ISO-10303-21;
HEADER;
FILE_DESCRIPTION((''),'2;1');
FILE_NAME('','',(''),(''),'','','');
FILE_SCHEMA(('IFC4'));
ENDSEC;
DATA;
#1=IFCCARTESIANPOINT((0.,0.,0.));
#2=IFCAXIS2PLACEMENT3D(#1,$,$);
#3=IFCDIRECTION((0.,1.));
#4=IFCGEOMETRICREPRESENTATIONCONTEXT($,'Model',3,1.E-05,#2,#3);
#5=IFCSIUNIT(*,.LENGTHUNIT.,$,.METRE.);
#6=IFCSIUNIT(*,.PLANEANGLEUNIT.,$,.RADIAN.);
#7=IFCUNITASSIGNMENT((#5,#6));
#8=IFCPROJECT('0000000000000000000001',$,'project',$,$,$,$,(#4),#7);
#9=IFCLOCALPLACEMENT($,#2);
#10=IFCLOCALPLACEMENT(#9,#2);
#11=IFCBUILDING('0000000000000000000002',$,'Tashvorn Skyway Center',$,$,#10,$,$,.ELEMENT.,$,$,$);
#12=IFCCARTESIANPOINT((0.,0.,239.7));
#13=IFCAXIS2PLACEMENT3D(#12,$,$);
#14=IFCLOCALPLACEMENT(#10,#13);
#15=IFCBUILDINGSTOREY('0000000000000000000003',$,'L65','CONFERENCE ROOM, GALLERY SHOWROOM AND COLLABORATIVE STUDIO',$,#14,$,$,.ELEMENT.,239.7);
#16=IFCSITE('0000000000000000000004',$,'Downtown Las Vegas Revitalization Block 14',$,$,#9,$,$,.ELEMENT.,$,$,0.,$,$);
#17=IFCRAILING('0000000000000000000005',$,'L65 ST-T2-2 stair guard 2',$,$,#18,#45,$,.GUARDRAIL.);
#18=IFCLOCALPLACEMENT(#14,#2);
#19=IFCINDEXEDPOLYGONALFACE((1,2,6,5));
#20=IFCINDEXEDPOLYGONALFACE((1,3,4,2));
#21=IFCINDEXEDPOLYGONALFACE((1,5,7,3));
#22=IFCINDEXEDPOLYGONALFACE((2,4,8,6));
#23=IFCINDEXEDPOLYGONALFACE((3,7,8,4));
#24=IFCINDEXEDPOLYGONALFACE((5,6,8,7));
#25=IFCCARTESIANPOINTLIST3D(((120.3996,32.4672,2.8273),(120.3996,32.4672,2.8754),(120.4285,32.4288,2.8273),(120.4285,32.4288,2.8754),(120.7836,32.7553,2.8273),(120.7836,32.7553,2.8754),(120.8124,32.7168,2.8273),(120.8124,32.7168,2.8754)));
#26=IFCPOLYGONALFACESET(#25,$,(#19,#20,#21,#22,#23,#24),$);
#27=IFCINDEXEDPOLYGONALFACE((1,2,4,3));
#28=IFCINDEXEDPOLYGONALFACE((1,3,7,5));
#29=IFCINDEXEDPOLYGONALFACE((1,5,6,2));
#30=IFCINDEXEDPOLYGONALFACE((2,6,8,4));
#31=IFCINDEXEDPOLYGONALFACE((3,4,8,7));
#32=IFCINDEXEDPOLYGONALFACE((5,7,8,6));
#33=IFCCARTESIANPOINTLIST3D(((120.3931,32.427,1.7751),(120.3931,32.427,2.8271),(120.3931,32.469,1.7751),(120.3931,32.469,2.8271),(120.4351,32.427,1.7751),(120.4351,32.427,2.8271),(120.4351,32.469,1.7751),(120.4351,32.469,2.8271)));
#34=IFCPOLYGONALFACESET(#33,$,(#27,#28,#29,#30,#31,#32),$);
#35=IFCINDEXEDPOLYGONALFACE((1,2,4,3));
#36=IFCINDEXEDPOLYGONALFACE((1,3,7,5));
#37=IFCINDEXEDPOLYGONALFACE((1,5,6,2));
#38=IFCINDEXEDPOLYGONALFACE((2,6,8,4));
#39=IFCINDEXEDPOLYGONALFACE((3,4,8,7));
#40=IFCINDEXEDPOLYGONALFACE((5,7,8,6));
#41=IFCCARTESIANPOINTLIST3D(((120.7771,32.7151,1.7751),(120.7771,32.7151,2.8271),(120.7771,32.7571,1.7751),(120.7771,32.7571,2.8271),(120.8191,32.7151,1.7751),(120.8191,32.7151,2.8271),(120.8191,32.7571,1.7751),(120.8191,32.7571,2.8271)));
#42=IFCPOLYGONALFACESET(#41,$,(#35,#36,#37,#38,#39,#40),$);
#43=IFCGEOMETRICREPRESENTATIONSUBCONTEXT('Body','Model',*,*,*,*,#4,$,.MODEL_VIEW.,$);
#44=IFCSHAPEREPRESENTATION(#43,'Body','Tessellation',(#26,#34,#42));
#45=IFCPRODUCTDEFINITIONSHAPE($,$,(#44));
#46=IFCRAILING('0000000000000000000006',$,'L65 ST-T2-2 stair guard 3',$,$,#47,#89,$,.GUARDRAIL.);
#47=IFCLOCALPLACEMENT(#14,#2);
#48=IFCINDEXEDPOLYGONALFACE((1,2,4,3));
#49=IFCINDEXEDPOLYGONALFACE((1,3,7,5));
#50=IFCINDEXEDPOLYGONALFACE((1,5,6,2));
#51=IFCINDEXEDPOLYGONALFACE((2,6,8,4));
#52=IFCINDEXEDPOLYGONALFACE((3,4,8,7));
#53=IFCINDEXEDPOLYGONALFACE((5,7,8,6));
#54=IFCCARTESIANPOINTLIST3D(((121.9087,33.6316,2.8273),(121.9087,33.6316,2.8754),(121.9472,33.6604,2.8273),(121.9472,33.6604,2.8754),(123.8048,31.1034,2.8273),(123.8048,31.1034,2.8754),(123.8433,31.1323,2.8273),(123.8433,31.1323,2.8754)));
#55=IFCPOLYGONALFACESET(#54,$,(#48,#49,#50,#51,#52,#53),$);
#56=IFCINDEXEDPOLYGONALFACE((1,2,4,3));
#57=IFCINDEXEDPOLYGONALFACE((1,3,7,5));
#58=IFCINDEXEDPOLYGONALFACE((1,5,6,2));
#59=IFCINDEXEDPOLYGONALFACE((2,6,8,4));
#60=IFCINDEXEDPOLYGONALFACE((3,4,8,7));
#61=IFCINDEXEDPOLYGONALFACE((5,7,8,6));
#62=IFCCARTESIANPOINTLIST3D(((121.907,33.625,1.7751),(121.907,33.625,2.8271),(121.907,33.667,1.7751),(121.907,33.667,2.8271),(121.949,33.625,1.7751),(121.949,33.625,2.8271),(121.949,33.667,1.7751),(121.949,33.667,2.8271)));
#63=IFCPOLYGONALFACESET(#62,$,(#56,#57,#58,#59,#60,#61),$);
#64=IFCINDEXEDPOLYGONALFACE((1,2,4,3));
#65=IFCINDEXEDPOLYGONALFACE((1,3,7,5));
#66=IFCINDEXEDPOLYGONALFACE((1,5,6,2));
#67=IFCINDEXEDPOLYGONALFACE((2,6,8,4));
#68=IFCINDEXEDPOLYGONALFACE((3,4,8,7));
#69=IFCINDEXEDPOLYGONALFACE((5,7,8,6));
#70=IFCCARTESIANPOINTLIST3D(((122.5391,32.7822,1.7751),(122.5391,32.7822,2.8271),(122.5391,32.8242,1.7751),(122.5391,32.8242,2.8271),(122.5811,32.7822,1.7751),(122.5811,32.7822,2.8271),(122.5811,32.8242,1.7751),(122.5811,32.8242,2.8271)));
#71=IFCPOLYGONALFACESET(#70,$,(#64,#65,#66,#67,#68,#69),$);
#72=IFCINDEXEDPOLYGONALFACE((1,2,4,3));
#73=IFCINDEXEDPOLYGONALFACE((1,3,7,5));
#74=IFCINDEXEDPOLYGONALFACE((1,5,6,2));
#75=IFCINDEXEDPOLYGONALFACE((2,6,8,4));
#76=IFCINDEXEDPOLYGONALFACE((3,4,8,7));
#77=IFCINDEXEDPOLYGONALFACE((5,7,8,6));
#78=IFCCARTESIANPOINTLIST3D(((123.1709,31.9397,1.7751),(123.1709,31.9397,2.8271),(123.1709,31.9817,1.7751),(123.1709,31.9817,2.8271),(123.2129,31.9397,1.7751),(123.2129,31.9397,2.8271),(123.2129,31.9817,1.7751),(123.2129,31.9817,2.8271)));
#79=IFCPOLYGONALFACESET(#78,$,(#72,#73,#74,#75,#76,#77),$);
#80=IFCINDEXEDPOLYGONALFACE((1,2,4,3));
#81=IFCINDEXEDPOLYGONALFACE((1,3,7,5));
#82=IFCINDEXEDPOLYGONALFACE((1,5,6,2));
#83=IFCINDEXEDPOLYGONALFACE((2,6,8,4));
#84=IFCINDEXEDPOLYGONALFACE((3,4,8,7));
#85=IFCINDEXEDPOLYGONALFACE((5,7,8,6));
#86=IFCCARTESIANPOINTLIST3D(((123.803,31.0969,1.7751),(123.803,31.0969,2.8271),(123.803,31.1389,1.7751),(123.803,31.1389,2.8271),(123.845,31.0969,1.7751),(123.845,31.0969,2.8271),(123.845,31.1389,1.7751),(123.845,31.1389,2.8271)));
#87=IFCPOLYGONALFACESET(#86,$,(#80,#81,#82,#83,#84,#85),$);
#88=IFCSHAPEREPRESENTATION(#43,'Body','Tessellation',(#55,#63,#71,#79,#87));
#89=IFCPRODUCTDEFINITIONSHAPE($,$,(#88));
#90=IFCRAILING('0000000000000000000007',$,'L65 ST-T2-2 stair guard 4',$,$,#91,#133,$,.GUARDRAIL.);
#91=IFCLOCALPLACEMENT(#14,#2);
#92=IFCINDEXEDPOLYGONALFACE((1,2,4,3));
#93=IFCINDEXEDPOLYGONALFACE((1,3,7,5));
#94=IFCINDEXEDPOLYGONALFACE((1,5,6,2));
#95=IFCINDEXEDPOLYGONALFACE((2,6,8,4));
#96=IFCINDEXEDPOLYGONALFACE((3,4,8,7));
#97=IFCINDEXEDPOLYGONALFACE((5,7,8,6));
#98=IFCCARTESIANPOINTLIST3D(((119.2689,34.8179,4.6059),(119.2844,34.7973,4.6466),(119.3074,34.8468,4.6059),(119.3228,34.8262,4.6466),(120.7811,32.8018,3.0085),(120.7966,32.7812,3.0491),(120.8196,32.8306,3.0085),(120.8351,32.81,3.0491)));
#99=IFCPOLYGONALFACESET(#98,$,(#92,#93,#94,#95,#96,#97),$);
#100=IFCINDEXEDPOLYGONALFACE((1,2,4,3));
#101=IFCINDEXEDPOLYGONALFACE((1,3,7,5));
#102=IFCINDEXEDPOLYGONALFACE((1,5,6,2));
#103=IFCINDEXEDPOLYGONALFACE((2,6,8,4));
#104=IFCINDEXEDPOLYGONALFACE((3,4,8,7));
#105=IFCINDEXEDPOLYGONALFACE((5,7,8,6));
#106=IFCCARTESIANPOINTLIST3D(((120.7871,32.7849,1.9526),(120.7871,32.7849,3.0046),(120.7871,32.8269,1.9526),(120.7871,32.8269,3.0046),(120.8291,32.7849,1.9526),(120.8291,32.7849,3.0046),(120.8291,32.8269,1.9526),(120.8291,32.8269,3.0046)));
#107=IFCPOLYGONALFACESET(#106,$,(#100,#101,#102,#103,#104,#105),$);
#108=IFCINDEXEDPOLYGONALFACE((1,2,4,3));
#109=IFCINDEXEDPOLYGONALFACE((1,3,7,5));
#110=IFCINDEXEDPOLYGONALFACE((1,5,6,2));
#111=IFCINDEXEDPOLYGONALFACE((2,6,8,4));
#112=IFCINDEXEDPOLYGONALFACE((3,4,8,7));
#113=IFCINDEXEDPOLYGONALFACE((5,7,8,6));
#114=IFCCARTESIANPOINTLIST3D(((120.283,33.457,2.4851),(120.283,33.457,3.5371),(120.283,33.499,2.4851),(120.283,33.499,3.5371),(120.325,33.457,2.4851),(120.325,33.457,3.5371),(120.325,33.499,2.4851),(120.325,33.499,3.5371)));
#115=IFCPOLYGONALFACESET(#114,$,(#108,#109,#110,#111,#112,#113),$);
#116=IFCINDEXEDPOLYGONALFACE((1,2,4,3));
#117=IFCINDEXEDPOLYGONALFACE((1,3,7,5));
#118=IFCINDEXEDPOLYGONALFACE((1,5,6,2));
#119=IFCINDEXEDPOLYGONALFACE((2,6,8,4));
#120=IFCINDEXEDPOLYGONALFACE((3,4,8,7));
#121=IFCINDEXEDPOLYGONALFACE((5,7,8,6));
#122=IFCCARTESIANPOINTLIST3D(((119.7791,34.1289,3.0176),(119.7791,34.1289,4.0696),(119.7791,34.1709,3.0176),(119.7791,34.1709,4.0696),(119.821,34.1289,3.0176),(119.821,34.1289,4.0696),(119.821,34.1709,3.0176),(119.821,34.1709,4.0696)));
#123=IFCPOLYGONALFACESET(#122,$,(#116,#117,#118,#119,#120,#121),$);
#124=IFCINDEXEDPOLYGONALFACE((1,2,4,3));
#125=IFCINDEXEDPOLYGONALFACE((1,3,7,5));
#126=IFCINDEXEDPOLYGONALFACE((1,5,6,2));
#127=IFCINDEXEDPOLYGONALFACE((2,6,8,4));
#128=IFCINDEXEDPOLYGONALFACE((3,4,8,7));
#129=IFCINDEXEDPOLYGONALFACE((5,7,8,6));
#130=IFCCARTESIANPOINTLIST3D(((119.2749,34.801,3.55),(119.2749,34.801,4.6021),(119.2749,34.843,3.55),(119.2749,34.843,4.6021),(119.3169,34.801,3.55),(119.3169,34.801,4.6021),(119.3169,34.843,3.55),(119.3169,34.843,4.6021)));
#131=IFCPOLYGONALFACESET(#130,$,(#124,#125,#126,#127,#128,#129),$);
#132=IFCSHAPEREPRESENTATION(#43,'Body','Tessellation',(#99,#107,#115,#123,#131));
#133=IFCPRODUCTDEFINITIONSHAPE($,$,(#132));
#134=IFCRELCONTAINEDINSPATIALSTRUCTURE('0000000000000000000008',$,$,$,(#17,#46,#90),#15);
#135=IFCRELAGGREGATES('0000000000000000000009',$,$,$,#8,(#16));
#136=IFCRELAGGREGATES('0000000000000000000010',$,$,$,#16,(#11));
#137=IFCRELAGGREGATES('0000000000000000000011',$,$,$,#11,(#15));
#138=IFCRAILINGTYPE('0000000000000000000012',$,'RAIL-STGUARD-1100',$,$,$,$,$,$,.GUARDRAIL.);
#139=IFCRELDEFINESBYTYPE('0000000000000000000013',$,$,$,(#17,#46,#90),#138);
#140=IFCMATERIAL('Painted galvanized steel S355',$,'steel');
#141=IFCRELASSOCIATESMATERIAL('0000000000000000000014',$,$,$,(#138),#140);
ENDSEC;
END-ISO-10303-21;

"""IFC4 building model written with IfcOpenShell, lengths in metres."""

from ifc_helpers import new_model, si_unit, direction, frame, origin, origin_2d, place, context, subcontext, project, spatial, rectangle, extrude, material, type_object, element, save


model = new_model("IFC4")

# Units and contexts
model_context = context("Model", 3, precision=1e-05, world=origin(), true_north=direction((0.0, 1.0)))
body_context = subcontext(model_context, "Body", "Model", "MODEL_VIEW")
ifc_project = project(units=[si_unit("LENGTHUNIT", "METRE"), si_unit("PLANEANGLEUNIT", "RADIAN")], contexts=[model_context])

# Site, building, storey
site_placement = place(None, origin())
site = spatial("IfcSite", under=ifc_project, at=site_placement, Name="Downtown Las Vegas Revitalization Block 14", CompositionType="ELEMENT", RefElevation=0.0)
building_placement = place(site_placement, origin())
building = spatial("IfcBuilding", under=site, at=building_placement, Name="Tashvorn Skyway Center", CompositionType="ELEMENT")
storey_placement = place(building_placement, frame((0.0, 0.0, 239.7)))
storey = spatial("IfcBuildingStorey", under=building, at=storey_placement, Name="L65", Description="CONFERENCE ROOM, GALLERY SHOWROOM AND COLLABORATIVE STUDIO", CompositionType="ELEMENT", Elevation=239.7)

# Railings
ifc_material_1 = material(Name="Painted galvanized steel S355", Category="steel")
railing_type_1 = type_object("IfcRailingType", Name="RAIL-STGUARD-1100", PredefinedType="GUARDRAIL", material=ifc_material_1)
railing_1_placement = place(storey_placement, frame((120.4141, 32.448, 1.7751)))
element("IfcRailing", 1, at=railing_1_placement, inside=storey, type_object=railing_type_1, Name="L65 ST-T2-2 stair guard 2", PredefinedType="GUARDRAIL", context=body_context, shape_type="SweptSolid", body=[
    extrude(rectangle(XDim=0.0481, YDim=0.0481, at=origin_2d()), frame((0.0, 0.0, 1.0762), z_axis=(0.799939, 0.600081, 0.0), x_axis=(-0.600081, 0.799939, 0.0)), (0.0, 0.0, 1.0), 0.48),
    extrude(rectangle(XDim=0.042, YDim=0.042, at=origin_2d()), origin(), (0.0, 0.0, 1.0), 1.052),
    extrude(rectangle(XDim=0.042, YDim=0.042, at=origin_2d()), frame((0.384, 0.2881, 0.0)), (0.0, 0.0, 1.0), 1.052),
])
railing_2_placement = place(storey_placement, frame((121.928, 33.646, 1.7751)))
element("IfcRailing", 2, at=railing_2_placement, inside=storey, type_object=railing_type_1, Name="L65 ST-T2-2 stair guard 3", PredefinedType="GUARDRAIL", context=body_context, shape_type="SweptSolid", body=[
    extrude(rectangle(XDim=0.0481, YDim=0.0481, at=origin_2d()), frame((0.0, 0.0, 1.0762), z_axis=(0.599988, -0.800009, 0.0), x_axis=(0.800009, 0.599988, 0.0)), (0.0, 0.0, 1.0), 3.1602),
    extrude(rectangle(XDim=0.042, YDim=0.042, at=origin_2d()), origin(), (0.0, 0.0, 1.0), 1.052),
    extrude(rectangle(XDim=0.042, YDim=0.042, at=origin_2d()), frame((0.6321, -0.8428, 0.0)), (0.0, 0.0, 1.0), 1.052),
    extrude(rectangle(XDim=0.042, YDim=0.042, at=origin_2d()), frame((1.2639, -1.6853, 0.0)), (0.0, 0.0, 1.0), 1.052),
    extrude(rectangle(XDim=0.042, YDim=0.042, at=origin_2d()), frame((1.896, -2.5281, 0.0)), (0.0, 0.0, 1.0), 1.052),
])
railing_3_placement = place(storey_placement, frame((120.8081, 32.8059, 1.9526)))
element("IfcRailing", 3, at=railing_3_placement, inside=storey, type_object=railing_type_1, Name="L65 ST-T2-2 stair guard 4", PredefinedType="GUARDRAIL", context=body_context, shape_type="SweptSolid", body=[
    extrude(rectangle(XDim=0.0481, YDim=0.0481, at=origin_2d()), frame((0.0, 0.0, 1.0762), z_axis=(-0.506802, 0.675681, 0.535357), x_axis=(-0.799977, -0.600031, 0.0)), (0.0, 0.0, 1.0), 2.9839),
    extrude(rectangle(XDim=0.042, YDim=0.042, at=origin_2d()), origin(), (0.0, 0.0, 1.0), 1.052),
    extrude(rectangle(XDim=0.042, YDim=0.042, at=origin_2d()), frame((-0.5042, 0.6721, 0.5325)), (0.0, 0.0, 1.0), 1.052),
    extrude(rectangle(XDim=0.042, YDim=0.042, at=origin_2d()), frame((-1.0081, 1.344, 1.0649)), (0.0, 0.0, 1.0), 1.052),
    extrude(rectangle(XDim=0.042, YDim=0.042, at=origin_2d()), frame((-1.5122, 2.0161, 1.5974)), (0.0, 0.0, 1.0), 1.052),
])

save(model, "model.ifc")
